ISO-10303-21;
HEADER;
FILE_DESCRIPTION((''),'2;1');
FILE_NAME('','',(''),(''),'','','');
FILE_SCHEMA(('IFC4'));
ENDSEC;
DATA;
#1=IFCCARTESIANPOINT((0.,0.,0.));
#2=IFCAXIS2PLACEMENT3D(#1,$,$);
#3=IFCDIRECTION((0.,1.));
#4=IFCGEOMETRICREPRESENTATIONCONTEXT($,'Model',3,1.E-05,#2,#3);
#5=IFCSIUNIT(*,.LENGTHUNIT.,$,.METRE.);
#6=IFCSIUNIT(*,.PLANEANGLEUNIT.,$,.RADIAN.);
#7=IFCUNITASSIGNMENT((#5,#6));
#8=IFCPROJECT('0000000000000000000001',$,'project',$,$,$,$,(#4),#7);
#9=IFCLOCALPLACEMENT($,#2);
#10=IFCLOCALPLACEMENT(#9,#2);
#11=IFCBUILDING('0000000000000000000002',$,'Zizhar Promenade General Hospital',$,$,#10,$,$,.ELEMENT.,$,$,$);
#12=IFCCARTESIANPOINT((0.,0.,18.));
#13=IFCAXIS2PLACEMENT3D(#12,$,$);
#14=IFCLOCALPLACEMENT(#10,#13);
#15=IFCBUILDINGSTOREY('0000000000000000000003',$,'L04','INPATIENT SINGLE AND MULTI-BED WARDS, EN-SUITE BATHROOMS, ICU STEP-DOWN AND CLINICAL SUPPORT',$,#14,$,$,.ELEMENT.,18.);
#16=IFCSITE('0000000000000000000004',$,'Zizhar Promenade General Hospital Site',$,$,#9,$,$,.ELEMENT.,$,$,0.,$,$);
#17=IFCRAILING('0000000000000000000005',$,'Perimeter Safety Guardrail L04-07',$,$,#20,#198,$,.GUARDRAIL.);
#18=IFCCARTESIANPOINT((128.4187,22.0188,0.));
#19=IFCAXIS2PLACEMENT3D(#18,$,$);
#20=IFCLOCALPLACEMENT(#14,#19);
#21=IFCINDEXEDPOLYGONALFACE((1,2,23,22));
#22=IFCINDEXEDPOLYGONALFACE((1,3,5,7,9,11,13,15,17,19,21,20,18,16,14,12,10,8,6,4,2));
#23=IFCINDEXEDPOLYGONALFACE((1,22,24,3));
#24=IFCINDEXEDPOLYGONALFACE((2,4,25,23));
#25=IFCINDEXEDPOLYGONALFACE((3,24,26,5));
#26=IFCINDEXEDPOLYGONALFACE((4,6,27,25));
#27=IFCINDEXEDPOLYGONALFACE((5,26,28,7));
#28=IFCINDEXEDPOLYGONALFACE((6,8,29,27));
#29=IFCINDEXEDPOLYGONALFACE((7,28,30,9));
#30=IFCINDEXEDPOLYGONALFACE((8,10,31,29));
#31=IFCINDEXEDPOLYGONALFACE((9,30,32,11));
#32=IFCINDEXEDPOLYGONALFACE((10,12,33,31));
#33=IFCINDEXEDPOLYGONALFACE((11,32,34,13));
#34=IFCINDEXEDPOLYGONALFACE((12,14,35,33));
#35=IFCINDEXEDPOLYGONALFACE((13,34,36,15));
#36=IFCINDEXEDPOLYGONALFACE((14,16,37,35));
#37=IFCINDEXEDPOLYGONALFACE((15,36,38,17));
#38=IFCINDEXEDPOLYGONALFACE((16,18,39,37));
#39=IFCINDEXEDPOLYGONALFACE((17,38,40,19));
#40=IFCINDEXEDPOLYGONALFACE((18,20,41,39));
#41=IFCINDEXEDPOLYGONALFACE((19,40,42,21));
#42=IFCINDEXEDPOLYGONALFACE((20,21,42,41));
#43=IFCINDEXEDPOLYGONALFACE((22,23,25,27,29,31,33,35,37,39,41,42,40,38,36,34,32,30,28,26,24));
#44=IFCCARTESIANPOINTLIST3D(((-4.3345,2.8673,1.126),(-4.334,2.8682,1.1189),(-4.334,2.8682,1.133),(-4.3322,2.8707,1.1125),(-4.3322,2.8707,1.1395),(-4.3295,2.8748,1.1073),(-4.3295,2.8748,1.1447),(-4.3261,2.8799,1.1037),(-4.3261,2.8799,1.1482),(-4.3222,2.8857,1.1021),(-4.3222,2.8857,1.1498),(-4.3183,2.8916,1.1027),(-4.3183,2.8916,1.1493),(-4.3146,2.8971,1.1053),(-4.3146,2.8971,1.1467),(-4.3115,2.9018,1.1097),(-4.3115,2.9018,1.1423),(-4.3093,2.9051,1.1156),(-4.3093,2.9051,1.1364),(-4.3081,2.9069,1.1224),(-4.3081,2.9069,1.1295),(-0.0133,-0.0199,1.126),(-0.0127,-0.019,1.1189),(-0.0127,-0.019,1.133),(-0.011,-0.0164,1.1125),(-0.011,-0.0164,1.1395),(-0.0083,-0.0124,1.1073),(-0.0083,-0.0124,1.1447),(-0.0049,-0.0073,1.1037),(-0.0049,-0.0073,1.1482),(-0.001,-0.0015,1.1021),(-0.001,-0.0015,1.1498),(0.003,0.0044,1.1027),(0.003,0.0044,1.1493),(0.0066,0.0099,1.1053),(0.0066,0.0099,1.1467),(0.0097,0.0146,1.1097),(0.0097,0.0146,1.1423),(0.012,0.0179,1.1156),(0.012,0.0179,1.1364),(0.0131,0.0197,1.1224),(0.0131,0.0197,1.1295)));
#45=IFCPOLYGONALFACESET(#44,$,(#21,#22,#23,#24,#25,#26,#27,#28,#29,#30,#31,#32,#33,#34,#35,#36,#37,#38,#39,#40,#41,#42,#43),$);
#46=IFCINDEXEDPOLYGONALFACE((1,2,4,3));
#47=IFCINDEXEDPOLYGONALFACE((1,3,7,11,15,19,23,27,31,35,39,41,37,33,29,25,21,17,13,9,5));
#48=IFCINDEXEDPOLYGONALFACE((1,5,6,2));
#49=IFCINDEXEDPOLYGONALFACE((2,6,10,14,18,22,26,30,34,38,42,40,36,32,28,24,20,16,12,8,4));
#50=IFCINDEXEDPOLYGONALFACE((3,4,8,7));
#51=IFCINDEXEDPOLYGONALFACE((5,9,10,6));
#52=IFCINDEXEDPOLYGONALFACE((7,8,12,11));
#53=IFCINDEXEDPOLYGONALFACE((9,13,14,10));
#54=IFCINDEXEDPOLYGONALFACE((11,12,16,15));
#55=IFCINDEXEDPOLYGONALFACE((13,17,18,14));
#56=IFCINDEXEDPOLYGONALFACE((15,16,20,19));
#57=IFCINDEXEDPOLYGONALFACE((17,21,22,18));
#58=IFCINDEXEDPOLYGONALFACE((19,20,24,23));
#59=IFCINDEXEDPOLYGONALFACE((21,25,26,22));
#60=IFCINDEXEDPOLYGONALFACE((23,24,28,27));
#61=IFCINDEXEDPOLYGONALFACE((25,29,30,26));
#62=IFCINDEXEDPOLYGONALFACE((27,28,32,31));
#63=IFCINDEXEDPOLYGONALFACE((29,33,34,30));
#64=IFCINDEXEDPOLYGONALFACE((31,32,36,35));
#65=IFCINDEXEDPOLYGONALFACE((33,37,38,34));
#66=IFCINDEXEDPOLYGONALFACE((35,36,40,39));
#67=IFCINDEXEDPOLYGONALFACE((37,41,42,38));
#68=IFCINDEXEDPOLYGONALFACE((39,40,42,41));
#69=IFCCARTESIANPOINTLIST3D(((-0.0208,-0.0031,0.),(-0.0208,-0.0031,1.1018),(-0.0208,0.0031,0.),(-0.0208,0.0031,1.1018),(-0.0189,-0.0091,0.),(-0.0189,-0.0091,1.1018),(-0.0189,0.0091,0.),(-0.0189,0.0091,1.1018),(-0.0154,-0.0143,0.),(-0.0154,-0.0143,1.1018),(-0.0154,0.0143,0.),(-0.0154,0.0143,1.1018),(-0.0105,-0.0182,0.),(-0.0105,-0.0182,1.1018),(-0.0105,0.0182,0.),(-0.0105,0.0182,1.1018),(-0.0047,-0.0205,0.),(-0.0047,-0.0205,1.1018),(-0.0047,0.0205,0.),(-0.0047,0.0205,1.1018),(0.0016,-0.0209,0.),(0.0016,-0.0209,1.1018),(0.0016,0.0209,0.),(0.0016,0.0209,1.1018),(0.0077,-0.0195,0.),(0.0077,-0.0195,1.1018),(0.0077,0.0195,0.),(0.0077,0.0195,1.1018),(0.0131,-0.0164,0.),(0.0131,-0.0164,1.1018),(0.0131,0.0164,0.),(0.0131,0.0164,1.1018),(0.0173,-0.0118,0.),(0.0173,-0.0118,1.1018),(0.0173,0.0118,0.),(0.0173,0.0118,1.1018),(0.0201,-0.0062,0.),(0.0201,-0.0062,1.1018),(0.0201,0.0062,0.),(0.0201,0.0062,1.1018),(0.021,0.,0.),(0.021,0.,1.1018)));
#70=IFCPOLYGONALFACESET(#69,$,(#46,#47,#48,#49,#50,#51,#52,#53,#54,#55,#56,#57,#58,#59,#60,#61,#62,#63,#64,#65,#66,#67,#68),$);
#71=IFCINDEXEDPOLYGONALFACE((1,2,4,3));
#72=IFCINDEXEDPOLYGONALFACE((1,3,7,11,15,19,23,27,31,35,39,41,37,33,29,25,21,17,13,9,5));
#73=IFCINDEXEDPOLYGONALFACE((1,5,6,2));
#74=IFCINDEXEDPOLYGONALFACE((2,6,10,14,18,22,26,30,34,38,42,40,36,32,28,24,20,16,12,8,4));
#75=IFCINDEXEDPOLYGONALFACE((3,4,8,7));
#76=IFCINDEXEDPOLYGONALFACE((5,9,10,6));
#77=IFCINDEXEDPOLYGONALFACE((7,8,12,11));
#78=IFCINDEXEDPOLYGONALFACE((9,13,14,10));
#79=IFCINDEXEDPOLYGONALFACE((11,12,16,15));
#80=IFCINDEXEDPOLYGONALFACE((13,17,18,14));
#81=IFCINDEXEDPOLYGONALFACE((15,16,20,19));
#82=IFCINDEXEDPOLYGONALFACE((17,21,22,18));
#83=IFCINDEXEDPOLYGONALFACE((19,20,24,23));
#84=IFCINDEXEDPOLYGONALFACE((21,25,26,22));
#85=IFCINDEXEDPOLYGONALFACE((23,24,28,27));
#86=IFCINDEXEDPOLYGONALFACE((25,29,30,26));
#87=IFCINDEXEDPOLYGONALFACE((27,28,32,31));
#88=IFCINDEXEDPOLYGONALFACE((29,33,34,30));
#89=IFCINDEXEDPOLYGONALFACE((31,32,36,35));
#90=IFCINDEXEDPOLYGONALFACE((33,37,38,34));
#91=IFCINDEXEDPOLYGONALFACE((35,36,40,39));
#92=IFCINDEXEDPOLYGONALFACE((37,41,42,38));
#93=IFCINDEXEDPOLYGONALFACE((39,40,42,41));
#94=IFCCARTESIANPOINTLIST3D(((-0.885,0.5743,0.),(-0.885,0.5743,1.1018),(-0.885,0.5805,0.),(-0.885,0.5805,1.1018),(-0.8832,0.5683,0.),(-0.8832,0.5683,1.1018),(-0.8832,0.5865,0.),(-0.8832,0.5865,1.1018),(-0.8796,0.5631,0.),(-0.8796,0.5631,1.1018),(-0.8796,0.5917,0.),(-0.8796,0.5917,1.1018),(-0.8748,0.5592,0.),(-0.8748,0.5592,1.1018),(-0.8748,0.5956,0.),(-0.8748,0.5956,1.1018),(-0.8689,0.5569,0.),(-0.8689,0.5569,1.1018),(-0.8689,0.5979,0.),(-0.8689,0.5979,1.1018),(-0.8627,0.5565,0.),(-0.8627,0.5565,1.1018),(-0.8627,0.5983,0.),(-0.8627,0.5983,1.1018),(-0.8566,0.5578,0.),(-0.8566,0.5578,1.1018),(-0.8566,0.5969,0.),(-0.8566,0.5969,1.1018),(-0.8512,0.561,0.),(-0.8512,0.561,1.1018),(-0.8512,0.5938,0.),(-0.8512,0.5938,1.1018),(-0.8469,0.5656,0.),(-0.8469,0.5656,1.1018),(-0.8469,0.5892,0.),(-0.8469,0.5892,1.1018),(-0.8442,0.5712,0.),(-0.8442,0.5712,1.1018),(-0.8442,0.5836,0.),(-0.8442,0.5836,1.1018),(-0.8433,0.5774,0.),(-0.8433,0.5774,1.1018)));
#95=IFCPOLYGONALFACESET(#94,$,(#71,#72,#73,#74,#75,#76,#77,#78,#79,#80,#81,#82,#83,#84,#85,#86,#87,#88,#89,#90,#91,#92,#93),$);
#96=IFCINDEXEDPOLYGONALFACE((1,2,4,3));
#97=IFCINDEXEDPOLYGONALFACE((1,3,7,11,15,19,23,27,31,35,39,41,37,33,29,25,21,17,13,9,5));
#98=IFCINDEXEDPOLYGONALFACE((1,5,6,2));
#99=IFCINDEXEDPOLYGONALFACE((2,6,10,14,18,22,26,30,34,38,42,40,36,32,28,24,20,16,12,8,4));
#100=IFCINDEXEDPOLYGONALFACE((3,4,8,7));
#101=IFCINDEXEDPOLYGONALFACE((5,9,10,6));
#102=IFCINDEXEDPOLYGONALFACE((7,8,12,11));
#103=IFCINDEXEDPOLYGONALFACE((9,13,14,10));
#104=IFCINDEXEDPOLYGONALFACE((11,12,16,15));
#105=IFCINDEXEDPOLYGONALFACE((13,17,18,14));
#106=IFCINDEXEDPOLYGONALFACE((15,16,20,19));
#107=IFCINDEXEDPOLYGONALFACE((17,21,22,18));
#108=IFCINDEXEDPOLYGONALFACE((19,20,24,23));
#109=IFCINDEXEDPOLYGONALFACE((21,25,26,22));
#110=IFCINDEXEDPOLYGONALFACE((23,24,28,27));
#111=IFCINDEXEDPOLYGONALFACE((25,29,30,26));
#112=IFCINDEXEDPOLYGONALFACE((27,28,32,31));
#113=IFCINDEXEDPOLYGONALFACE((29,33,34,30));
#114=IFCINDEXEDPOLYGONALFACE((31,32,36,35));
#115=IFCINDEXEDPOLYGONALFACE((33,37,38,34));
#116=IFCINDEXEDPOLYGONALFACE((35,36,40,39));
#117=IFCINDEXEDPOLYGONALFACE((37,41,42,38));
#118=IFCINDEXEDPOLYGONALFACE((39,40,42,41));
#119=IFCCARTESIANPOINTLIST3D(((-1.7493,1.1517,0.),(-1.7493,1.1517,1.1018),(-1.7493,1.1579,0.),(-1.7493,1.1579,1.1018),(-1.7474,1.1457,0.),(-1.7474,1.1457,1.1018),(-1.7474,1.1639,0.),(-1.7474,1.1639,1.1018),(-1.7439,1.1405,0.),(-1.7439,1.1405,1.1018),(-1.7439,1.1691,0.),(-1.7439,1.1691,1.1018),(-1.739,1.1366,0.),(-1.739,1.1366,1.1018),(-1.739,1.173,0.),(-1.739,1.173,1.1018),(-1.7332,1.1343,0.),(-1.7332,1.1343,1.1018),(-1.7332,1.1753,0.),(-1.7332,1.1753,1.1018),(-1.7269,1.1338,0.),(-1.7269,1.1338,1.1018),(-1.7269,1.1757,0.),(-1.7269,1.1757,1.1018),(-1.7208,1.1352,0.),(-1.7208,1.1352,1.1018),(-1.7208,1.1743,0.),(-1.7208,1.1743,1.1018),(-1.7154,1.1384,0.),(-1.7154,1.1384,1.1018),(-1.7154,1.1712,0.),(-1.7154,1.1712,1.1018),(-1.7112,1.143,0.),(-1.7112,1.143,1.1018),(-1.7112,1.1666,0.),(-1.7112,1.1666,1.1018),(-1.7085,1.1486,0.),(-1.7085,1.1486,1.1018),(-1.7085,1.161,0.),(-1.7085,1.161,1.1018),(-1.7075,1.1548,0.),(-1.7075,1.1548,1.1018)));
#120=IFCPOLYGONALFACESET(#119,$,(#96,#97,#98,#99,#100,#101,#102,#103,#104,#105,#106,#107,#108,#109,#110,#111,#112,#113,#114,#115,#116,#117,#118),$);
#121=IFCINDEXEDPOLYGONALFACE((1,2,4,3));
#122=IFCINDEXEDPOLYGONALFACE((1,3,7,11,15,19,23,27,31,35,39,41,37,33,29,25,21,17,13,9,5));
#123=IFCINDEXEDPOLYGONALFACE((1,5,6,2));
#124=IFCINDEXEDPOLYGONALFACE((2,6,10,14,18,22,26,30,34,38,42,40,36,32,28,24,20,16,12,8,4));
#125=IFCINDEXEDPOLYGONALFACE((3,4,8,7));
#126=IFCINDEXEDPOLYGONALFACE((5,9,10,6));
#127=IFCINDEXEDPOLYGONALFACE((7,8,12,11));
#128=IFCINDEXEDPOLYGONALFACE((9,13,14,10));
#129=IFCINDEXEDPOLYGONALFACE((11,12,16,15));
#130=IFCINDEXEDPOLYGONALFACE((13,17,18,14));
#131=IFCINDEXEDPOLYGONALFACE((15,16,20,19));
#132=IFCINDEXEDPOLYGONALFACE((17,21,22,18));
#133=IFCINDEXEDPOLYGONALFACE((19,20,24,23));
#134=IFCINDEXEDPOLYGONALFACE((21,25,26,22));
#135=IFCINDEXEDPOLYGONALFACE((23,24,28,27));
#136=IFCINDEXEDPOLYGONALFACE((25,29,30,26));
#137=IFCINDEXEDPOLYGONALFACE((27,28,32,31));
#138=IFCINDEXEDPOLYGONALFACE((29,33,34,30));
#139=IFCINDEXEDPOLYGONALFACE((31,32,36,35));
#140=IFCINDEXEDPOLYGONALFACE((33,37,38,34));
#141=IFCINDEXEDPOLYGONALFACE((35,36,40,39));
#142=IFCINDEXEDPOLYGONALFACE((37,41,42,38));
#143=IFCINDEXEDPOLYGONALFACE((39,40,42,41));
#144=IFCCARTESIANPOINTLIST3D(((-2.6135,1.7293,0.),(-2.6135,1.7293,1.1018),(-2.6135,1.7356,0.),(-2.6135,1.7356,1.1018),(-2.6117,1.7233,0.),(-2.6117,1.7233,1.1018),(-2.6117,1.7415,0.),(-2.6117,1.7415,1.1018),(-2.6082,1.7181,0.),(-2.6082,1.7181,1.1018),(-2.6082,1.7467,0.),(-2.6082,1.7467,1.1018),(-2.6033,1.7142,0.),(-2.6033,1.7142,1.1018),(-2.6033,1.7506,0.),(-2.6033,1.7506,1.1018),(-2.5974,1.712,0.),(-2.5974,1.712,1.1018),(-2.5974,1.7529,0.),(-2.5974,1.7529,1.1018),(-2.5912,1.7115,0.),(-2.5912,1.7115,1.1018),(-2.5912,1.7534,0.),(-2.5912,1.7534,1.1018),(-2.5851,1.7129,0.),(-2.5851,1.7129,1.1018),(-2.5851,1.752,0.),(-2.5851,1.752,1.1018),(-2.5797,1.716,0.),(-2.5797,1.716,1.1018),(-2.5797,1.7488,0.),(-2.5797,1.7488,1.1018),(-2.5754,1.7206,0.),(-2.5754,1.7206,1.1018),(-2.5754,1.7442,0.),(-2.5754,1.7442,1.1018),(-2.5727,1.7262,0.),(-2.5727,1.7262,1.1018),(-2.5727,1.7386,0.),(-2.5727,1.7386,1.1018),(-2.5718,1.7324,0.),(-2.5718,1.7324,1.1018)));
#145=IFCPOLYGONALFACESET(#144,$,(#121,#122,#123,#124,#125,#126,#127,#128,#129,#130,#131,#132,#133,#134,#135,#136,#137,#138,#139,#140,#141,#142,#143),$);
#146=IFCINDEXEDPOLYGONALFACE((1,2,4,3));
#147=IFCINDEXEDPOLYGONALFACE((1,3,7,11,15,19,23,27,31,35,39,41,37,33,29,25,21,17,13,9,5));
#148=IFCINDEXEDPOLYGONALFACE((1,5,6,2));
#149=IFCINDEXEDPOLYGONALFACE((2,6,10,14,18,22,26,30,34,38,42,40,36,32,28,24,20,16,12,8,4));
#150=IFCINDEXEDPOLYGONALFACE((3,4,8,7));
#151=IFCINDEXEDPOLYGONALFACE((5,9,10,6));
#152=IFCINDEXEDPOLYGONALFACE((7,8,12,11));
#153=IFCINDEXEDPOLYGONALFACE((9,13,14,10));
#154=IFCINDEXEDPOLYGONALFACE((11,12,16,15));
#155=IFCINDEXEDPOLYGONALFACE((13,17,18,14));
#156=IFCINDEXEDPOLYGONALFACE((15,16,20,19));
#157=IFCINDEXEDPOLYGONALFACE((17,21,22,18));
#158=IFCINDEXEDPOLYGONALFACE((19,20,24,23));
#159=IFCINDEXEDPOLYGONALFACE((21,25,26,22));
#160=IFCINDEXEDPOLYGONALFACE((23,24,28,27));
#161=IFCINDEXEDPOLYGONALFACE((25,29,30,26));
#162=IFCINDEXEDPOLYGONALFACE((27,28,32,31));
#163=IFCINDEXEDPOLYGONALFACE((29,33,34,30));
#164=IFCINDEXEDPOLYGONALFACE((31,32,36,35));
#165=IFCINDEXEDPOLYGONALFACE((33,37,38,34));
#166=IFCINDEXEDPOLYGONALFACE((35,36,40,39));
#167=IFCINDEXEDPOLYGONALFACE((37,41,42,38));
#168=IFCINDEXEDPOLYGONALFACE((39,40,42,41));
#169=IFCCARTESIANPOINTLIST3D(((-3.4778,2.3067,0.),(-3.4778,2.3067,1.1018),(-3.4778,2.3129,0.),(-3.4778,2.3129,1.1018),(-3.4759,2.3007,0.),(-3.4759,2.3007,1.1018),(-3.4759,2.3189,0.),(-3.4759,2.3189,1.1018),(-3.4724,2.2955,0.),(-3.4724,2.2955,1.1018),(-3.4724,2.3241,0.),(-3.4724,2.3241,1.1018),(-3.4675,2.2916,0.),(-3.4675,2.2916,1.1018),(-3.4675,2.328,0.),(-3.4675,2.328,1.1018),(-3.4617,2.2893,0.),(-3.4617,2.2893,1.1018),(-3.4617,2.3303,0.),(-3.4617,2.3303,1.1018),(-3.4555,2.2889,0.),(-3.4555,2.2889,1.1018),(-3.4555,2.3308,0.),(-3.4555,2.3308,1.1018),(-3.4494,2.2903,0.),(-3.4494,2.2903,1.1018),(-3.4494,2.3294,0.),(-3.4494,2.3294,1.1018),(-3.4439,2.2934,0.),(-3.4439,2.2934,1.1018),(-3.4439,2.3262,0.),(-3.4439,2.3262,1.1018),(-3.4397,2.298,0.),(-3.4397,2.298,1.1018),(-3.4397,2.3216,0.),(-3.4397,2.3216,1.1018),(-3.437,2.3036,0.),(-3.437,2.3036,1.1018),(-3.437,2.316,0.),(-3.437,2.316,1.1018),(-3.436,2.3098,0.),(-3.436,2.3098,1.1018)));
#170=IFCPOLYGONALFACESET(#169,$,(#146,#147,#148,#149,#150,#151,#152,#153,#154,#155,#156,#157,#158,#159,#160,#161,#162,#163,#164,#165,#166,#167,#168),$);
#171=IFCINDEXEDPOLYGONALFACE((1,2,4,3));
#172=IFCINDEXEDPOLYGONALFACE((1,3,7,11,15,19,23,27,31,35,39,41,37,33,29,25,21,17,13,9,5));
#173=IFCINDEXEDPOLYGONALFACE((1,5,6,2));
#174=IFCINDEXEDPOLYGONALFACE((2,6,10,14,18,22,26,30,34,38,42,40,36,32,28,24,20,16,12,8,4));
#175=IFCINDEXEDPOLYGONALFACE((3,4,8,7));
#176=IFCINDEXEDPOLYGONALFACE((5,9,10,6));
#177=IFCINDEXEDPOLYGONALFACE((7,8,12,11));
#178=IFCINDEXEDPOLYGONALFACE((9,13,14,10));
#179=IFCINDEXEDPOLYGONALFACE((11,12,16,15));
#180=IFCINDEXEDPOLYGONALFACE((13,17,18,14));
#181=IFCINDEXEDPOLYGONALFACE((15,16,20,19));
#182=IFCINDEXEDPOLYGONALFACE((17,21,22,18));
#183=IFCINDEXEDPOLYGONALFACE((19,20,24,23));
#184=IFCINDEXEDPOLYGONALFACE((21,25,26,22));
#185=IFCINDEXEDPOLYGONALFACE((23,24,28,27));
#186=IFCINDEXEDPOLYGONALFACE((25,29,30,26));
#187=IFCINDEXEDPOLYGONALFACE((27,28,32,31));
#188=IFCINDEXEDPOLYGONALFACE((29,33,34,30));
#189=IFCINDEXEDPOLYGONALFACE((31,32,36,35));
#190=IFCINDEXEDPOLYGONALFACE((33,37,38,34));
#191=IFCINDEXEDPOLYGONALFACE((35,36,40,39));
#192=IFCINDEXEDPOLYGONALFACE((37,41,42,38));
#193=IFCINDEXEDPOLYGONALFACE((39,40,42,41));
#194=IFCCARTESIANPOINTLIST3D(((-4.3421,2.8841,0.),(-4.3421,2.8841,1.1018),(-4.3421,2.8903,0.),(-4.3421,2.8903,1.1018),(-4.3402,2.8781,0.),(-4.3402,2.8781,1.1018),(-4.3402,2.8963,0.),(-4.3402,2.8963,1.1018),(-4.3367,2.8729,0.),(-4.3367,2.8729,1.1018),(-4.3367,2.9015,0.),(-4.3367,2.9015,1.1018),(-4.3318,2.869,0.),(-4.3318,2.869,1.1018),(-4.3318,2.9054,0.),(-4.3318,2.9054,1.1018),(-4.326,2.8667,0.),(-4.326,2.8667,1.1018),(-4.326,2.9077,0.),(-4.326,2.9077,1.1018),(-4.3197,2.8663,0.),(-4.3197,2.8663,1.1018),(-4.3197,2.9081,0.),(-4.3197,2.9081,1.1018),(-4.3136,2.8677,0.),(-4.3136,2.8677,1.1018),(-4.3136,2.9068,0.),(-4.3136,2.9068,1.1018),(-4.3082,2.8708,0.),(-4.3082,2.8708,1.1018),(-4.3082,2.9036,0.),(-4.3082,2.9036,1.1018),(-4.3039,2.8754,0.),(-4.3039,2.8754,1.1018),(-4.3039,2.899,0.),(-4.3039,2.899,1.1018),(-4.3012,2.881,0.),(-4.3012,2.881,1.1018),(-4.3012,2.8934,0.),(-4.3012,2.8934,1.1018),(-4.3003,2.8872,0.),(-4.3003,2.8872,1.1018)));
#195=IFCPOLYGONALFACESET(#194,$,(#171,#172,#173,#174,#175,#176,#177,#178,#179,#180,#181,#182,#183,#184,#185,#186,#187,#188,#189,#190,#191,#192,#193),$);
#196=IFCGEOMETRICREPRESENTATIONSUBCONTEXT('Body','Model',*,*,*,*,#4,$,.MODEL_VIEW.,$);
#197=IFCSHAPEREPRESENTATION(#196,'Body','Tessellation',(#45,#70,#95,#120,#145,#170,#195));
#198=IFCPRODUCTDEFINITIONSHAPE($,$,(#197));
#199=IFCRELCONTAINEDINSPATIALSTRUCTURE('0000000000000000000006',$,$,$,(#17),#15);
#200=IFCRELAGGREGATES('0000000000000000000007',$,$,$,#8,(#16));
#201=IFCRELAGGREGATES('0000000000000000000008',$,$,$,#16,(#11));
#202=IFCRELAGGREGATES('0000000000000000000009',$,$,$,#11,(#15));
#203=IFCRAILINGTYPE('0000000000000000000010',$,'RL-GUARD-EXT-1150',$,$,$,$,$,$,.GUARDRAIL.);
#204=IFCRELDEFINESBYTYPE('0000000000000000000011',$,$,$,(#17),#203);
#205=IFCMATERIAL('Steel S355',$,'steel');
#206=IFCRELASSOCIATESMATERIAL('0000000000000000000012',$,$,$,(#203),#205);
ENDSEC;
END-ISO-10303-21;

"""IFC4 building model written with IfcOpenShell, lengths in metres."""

from ifc_helpers import new_model, si_unit, direction, frame, origin, origin_2d, place, context, subcontext, project, spatial, hollow_rectangle, circle, extrude, material, material_profile, profile_set, type_object, element, save


model = new_model("IFC4")

# Units and contexts
model_context = context("Model", 3, precision=1e-05, world=origin(), true_north=direction((0.0, 1.0)))
body_context = subcontext(model_context, "Body", "Model", "MODEL_VIEW")
ifc_project = project(units=[si_unit("LENGTHUNIT", "METRE"), si_unit("PLANEANGLEUNIT", "RADIAN")], contexts=[model_context])

# Site, building, storey
site_placement = place(None, origin())
site = spatial("IfcSite", under=ifc_project, at=site_placement, Name="Zizhar Promenade General Hospital Site", CompositionType="ELEMENT", RefElevation=0.0)
building_placement = place(site_placement, origin())
building = spatial("IfcBuilding", under=site, at=building_placement, Name="Zizhar Promenade General Hospital", CompositionType="ELEMENT")
storey_placement = place(building_placement, frame((0.0, 0.0, 18.0)))
storey = spatial("IfcBuildingStorey", under=building, at=storey_placement, Name="L04", Description="INPATIENT SINGLE AND MULTI-BED WARDS, EN-SUITE BATHROOMS, ICU STEP-DOWN AND CLINICAL SUPPORT", CompositionType="ELEMENT", Elevation=18.0)

# Railing
ifc_material_1 = material(Name="Steel S355", Category="steel")
ifc_material_profile_1 = material_profile(ifc_material_1, hollow_rectangle(XDim=0.0601, YDim=0.1201, WallThickness=0.0039, at=origin_2d()))
ifc_profile_set_1 = profile_set([ifc_material_profile_1], Name="Steel S355")
railing_type = type_object("IfcRailingType", Name="RL-GUARD-EXT-1150", PredefinedType="GUARDRAIL", material=ifc_profile_set_1)
railing_1_placement = place(storey_placement, frame((128.4187, 22.0188, 0.0)))
element("IfcRailing", 1, at=railing_1_placement, inside=storey, type_object=railing_type, Name="Perimeter Safety Guardrail L04-07", PredefinedType="GUARDRAIL", context=body_context, shape_type="SweptSolid", body=[
    extrude(circle(Radius=0.0239, at=origin_2d()), frame((0.0, 0.0, 1.126), z_axis=(-0.831486, 0.555545, 0.0), x_axis=(-0.555545, -0.831486, 0.0)), (0.0, 0.0, 1.0), 5.197),
    extrude(circle(Radius=0.021, at=origin_2d()), origin(), (0.0, 0.0, 1.0), 1.1018),
    extrude(circle(Radius=0.021, at=origin_2d()), frame((-0.8643, 0.5774, 0.0)), (0.0, 0.0, 1.0), 1.1018),
    extrude(circle(Radius=0.021, at=origin_2d()), frame((-1.7285, 1.1548, 0.0)), (0.0, 0.0, 1.0), 1.1018),
    extrude(circle(Radius=0.021, at=origin_2d()), frame((-2.5928, 1.7324, 0.0)), (0.0, 0.0, 1.0), 1.1018),
    extrude(circle(Radius=0.021, at=origin_2d()), frame((-3.457, 2.3098, 0.0)), (0.0, 0.0, 1.0), 1.1018),
    extrude(circle(Radius=0.021, at=origin_2d()), frame((-4.3213, 2.8872, 0.0)), (0.0, 0.0, 1.0), 1.1018),
])

save(model, "model.ifc")
